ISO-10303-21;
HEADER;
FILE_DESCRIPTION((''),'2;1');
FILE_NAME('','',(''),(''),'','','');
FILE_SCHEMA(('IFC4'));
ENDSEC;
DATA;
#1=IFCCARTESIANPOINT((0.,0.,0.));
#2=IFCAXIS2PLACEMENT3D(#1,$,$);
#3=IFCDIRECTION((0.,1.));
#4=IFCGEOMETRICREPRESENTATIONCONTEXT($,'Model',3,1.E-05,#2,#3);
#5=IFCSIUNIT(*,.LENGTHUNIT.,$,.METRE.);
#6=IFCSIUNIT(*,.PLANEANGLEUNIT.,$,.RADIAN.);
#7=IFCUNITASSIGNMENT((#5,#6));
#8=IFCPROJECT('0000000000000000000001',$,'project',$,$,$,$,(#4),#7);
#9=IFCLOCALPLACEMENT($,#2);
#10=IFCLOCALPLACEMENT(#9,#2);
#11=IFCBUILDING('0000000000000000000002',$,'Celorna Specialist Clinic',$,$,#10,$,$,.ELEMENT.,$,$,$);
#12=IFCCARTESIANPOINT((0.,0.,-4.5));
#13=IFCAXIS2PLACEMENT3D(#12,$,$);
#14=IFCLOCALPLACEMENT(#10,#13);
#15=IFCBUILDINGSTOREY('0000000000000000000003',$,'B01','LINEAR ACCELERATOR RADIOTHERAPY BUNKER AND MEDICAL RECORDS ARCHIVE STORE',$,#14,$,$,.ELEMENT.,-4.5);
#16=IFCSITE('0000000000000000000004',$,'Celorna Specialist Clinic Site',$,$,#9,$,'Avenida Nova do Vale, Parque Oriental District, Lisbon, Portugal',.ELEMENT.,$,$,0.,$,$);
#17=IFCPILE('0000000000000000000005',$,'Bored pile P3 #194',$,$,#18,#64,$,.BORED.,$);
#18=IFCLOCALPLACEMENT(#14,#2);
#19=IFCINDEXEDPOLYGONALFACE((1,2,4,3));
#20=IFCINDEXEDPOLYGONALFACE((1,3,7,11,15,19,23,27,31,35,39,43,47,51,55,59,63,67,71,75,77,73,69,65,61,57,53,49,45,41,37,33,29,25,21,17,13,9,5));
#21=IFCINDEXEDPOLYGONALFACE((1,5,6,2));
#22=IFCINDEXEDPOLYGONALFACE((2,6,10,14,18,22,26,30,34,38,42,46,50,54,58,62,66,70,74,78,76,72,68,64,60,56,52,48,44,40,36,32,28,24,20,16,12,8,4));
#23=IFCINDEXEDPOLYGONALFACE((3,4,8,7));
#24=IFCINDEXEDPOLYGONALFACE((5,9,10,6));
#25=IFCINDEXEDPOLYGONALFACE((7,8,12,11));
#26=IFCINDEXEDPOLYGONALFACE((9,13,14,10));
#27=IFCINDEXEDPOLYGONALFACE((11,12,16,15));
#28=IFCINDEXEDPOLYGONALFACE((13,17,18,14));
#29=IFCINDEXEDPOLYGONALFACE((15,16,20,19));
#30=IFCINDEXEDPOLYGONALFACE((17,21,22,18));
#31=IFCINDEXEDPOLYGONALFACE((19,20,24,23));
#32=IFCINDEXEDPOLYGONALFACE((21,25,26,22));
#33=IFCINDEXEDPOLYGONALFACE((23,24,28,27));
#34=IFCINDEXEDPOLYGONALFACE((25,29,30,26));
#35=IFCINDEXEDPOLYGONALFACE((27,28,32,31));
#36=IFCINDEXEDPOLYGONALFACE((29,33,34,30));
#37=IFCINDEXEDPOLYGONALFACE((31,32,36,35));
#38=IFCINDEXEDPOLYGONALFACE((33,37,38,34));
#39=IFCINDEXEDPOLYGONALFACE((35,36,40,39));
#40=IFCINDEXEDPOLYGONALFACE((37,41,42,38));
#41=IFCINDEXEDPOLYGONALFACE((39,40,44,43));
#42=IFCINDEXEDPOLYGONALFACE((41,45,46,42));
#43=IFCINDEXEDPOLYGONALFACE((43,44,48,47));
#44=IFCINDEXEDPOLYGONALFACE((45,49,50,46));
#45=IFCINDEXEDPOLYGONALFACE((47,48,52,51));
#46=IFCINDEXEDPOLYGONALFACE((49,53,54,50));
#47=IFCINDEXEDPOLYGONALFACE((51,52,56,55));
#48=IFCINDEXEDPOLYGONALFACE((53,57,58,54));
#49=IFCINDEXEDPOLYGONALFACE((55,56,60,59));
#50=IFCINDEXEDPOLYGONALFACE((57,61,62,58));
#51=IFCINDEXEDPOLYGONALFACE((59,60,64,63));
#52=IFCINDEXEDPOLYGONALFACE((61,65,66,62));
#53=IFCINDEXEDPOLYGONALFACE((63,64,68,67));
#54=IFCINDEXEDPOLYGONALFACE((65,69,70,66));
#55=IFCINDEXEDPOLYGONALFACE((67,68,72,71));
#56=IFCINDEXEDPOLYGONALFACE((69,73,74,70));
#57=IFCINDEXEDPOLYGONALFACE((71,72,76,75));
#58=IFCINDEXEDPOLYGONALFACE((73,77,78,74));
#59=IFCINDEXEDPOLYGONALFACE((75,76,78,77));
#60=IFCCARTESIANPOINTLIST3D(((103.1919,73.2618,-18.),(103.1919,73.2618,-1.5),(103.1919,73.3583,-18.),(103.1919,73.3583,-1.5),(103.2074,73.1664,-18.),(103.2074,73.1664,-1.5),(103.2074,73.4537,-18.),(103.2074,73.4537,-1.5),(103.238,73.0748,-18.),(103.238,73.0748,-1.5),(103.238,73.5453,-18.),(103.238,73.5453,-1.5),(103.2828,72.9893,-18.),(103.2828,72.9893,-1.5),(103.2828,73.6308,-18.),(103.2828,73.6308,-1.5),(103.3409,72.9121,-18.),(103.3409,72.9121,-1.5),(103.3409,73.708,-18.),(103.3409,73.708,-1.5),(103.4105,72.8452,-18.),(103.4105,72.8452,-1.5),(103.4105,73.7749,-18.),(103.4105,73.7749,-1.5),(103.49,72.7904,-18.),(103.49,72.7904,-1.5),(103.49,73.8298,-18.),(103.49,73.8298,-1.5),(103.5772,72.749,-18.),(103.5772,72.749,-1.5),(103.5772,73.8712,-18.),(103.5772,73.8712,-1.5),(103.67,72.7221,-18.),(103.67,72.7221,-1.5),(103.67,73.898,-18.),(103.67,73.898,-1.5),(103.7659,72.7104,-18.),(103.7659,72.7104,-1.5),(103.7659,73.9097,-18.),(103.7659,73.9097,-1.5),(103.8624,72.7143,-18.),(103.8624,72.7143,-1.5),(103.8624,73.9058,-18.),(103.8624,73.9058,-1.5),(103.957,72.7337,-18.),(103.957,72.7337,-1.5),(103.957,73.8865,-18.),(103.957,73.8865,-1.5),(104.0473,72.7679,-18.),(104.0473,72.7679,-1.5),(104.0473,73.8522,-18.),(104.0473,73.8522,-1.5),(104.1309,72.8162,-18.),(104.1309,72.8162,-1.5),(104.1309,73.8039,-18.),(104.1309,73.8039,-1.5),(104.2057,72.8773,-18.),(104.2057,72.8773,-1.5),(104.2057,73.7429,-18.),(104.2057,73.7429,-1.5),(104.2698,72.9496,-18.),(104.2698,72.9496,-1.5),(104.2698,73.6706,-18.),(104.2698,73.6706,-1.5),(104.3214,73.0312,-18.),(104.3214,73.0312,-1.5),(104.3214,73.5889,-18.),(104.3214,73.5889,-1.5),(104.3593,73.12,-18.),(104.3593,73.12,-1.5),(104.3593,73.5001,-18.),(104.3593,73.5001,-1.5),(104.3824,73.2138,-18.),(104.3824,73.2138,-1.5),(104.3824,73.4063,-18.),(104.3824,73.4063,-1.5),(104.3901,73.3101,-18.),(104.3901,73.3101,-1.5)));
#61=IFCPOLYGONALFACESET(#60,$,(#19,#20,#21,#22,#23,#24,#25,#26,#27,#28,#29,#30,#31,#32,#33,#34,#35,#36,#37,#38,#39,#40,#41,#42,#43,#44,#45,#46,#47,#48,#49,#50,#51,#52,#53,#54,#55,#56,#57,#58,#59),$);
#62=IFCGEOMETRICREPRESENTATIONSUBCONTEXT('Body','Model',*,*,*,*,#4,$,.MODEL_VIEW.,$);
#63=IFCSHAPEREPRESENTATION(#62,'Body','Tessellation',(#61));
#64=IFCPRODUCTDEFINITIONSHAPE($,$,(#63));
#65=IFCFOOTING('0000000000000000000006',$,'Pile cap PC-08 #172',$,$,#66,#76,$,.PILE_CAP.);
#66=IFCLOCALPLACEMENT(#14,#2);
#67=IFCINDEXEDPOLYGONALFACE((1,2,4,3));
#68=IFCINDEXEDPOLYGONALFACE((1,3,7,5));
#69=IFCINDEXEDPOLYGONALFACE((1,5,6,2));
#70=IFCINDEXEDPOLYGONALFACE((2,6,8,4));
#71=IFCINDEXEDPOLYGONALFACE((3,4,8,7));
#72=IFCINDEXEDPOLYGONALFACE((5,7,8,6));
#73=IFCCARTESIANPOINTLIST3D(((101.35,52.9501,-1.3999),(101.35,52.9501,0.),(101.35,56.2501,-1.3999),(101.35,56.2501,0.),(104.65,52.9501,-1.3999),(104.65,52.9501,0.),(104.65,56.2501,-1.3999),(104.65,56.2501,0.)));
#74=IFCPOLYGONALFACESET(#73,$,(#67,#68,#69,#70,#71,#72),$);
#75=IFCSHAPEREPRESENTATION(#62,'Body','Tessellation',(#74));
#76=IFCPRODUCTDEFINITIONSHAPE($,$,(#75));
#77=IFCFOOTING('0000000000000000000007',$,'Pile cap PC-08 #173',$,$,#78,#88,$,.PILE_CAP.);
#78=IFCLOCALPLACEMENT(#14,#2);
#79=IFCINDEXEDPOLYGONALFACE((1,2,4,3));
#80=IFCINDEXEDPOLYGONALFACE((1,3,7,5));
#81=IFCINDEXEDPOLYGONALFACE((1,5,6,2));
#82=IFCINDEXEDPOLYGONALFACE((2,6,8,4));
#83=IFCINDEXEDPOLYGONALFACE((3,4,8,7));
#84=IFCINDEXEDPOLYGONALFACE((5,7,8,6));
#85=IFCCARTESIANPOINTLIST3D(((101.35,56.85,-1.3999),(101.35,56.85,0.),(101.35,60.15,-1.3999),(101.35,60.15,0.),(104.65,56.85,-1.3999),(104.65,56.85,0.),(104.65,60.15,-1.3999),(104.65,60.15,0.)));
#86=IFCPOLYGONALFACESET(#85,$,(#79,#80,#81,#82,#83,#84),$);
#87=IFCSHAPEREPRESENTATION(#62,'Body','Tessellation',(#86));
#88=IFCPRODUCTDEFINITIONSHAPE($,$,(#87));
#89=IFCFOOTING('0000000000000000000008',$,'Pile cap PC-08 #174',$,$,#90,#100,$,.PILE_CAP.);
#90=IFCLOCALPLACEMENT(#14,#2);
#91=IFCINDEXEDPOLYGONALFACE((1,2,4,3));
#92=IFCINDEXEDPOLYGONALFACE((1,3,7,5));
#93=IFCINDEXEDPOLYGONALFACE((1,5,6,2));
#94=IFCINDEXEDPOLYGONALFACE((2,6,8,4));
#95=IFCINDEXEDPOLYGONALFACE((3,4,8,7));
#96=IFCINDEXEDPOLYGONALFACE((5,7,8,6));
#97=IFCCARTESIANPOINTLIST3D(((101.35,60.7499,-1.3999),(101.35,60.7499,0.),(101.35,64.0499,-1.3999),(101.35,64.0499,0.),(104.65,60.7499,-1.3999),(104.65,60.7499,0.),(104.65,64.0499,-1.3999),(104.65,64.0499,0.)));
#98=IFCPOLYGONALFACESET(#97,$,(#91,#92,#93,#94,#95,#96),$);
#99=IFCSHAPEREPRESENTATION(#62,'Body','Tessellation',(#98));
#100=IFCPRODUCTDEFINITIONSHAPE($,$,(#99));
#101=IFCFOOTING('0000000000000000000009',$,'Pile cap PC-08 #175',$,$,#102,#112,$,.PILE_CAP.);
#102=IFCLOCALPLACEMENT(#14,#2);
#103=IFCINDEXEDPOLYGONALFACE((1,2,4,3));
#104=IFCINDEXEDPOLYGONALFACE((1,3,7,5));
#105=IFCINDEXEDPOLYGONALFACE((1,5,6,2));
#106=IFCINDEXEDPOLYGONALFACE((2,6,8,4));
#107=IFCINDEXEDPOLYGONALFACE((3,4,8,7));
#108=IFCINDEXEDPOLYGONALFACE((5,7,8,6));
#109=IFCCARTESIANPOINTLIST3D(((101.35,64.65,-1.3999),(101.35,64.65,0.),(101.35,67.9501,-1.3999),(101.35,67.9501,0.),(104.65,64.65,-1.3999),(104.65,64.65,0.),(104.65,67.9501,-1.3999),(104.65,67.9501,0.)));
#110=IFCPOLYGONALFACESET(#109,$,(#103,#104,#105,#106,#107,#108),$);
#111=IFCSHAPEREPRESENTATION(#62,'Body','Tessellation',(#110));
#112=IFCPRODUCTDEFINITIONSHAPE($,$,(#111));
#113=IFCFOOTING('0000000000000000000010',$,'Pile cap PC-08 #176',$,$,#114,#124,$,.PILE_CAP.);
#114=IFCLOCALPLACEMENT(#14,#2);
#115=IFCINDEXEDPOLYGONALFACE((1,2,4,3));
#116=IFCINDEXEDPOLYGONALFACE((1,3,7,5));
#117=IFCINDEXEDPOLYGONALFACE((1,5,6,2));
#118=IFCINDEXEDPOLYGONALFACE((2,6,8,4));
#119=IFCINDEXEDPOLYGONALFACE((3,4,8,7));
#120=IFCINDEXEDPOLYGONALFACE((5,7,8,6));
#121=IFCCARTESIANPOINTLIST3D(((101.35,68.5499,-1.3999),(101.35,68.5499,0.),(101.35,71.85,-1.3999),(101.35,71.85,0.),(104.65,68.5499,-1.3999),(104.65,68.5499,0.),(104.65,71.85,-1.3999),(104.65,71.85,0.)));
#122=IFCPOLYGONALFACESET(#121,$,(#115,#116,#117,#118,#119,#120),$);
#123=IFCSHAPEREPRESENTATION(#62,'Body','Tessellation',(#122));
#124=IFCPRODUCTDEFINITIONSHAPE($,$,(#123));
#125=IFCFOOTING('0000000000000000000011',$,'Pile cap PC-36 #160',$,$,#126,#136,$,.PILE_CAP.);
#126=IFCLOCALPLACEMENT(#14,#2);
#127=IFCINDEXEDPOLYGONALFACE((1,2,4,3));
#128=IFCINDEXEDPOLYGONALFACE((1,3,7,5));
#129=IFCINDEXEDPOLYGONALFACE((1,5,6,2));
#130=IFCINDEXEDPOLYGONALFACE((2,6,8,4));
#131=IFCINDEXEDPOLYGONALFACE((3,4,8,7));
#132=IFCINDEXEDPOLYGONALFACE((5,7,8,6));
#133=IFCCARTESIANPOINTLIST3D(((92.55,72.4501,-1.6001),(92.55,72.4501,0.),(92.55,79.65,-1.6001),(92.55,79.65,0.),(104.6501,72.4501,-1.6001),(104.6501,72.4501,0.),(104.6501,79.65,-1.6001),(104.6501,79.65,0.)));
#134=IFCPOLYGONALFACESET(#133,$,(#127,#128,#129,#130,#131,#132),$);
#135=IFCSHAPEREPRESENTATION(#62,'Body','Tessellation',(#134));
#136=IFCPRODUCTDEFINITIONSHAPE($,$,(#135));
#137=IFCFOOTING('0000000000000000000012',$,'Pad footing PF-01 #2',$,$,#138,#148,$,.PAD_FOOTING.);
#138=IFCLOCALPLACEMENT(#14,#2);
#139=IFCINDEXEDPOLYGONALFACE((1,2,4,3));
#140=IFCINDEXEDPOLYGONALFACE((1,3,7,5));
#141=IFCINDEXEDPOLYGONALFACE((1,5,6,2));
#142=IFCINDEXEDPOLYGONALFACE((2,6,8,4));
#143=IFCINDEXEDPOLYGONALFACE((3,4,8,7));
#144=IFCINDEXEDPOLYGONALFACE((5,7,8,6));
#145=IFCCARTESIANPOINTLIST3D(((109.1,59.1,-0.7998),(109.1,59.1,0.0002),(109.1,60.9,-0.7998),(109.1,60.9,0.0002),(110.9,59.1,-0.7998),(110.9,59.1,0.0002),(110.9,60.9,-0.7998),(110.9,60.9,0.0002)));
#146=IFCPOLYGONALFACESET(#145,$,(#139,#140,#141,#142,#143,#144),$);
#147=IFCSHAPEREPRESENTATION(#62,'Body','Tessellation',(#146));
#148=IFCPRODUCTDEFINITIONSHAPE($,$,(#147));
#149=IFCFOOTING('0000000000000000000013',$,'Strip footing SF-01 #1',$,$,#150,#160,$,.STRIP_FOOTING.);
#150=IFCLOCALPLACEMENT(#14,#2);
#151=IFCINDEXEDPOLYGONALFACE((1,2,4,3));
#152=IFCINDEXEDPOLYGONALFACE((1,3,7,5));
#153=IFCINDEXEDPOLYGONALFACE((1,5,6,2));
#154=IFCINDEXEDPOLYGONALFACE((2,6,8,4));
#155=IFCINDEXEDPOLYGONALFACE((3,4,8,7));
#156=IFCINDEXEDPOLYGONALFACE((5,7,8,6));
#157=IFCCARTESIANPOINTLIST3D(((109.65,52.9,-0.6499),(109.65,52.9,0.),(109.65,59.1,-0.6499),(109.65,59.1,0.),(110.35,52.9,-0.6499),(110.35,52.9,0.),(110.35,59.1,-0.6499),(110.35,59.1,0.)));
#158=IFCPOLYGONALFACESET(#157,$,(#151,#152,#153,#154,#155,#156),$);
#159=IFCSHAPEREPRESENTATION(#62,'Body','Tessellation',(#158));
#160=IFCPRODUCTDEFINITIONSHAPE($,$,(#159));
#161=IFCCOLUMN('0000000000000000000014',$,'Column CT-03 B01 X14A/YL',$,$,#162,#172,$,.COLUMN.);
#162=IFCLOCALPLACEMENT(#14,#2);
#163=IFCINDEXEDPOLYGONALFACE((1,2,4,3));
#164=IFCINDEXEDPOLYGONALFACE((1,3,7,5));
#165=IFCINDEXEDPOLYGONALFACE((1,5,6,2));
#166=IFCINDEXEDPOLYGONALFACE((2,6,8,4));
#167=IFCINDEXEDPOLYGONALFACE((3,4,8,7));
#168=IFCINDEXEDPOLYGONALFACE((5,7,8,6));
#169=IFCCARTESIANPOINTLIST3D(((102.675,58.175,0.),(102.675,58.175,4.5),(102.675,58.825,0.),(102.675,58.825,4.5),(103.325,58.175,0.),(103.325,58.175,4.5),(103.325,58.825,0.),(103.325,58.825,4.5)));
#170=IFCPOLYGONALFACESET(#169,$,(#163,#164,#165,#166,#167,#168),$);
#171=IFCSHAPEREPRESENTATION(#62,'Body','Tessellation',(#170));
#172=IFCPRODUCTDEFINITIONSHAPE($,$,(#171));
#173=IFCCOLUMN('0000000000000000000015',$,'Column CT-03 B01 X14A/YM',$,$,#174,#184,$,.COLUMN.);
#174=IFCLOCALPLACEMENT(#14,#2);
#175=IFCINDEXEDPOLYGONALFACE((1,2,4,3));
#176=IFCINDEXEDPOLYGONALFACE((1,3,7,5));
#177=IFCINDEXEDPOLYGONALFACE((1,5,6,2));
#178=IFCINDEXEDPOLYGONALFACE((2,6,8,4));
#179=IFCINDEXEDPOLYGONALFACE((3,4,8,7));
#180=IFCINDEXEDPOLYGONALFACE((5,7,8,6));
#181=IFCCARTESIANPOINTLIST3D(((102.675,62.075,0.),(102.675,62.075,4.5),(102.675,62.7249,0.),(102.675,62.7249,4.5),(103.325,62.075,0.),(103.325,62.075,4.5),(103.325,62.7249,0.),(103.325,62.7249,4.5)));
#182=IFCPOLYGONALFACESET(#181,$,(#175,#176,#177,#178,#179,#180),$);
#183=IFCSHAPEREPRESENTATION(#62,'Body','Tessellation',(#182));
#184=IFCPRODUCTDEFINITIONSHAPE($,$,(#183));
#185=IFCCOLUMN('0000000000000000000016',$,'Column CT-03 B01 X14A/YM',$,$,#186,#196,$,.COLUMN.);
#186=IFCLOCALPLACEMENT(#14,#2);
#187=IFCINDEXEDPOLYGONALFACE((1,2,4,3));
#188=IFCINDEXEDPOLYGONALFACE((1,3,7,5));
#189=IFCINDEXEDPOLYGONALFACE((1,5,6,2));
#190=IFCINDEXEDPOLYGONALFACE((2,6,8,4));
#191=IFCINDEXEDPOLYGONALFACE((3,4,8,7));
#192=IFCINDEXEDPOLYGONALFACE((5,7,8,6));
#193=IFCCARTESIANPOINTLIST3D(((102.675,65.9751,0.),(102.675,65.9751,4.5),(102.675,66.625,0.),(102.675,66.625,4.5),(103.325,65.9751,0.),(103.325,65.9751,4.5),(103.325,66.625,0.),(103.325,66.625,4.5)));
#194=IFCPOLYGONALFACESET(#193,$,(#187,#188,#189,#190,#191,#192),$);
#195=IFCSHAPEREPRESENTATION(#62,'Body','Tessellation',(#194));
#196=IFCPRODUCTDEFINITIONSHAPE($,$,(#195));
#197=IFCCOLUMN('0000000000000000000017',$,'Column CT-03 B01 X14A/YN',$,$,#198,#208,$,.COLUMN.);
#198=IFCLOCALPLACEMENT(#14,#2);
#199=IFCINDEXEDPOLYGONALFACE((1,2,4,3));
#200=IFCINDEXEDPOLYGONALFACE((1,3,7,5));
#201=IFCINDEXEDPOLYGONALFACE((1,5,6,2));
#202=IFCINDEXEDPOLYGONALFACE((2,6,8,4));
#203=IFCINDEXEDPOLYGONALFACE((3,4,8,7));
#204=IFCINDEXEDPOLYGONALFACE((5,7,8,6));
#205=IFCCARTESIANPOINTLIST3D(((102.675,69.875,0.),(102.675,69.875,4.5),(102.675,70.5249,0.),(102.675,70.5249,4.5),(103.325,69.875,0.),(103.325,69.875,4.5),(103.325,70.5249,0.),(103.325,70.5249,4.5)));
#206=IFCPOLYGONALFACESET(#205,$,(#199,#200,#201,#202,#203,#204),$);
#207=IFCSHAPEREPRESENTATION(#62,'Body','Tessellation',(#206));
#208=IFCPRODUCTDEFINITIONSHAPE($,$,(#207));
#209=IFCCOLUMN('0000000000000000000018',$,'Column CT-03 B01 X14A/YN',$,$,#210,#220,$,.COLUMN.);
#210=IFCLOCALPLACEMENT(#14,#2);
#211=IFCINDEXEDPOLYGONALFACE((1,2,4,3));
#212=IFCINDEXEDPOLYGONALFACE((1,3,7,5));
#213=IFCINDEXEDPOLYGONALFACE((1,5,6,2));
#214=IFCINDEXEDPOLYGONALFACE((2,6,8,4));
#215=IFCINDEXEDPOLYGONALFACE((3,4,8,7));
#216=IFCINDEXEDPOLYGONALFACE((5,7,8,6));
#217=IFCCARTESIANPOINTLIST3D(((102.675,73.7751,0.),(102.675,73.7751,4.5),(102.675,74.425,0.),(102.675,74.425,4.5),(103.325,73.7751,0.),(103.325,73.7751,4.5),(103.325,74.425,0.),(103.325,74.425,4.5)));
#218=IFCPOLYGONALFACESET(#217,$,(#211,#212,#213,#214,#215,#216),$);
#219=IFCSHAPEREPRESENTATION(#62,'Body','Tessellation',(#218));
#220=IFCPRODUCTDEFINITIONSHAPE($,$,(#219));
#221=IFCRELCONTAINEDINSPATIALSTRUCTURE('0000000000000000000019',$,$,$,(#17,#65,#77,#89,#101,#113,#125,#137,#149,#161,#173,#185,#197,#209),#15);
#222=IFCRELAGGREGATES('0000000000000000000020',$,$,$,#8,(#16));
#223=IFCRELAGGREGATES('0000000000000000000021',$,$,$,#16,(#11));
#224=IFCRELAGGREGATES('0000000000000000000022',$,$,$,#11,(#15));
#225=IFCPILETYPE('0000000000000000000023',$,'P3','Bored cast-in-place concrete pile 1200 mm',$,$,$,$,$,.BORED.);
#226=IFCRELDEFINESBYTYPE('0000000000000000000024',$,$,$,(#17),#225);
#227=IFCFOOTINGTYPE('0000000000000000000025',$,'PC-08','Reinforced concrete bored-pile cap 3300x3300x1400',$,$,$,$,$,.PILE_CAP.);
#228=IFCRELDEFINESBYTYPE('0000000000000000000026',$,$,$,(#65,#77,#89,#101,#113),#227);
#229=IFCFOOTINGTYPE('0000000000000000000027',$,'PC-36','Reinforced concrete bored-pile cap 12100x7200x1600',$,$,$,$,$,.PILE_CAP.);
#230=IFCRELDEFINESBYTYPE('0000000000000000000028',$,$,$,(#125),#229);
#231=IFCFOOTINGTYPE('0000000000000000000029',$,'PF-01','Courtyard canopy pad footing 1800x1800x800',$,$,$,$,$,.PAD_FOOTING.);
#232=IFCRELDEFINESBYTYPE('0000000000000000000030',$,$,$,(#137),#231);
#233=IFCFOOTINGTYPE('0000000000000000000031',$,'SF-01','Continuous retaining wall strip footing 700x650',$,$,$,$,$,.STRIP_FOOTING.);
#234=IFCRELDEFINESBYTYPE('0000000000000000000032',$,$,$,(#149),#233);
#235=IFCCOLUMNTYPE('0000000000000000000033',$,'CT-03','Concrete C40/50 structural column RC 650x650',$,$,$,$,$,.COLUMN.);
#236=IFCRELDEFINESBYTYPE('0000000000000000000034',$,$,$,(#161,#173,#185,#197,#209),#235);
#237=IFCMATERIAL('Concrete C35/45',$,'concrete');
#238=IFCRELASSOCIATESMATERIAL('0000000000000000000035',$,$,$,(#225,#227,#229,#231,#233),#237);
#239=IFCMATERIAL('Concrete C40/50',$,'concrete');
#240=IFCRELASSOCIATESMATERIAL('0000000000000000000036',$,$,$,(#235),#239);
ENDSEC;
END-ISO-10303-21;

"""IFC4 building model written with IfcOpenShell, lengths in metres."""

from ifc_helpers import new_model, si_unit, direction, frame, origin, origin_2d, place, context, subcontext, project, spatial, rectangle, circle, extrude, material, material_profile, profile_set, type_object, element, save


model = new_model("IFC4")

# Units and contexts
model_context = context("Model", 3, precision=1e-05, world=origin(), true_north=direction((0.0, 1.0)))
body_context = subcontext(model_context, "Body", "Model", "MODEL_VIEW")
ifc_project = project(units=[si_unit("LENGTHUNIT", "METRE"), si_unit("PLANEANGLEUNIT", "RADIAN")], contexts=[model_context])

# Site, building, storey
site_placement = place(None, origin())
site = spatial("IfcSite", under=ifc_project, at=site_placement, Name="Celorna Specialist Clinic Site", LongName="Avenida Nova do Vale, Parque Oriental District, Lisbon, Portugal", CompositionType="ELEMENT", RefElevation=0.0)
building_placement = place(site_placement, origin())
building = spatial("IfcBuilding", under=site, at=building_placement, Name="Celorna Specialist Clinic", CompositionType="ELEMENT")
storey_placement = place(building_placement, frame((0.0, 0.0, -4.5)))
storey = spatial("IfcBuildingStorey", under=building, at=storey_placement, Name="B01", Description="LINEAR ACCELERATOR RADIOTHERAPY BUNKER AND MEDICAL RECORDS ARCHIVE STORE", CompositionType="ELEMENT", Elevation=-4.5)

# Shared definitions
ifc_material_1 = material(Name="Concrete C35/45", Category="concrete")

# Pile
ifc_material_profile_1 = material_profile(ifc_material_1, circle(Radius=0.6001, at=origin_2d()), Name="BORED PILE 1200")
ifc_profile_set_1 = profile_set([ifc_material_profile_1], Name="Concrete C35/45")
pile_type_1 = type_object("IfcPileType", Name="P3", Description="Bored cast-in-place concrete pile 1200 mm", PredefinedType="BORED", material=ifc_profile_set_1)
pile_placement = place(storey_placement, frame((103.79, 73.3101, -1.5), z_axis=(0.0, 0.0, -1.0), x_axis=(1.0, 0.0, 0.0)))
element("IfcPile", 1, at=pile_placement, inside=storey, type_object=pile_type_1, Name="Bored pile P3 #194", PredefinedType="BORED", context=body_context, shape_type="SweptSolid", body=[
    extrude(circle(Radius=0.6001, at=origin_2d()), origin(), (0.0, 0.0, 1.0), 16.5),
])

# Footings
footing_type_1 = type_object("IfcFootingType", Name="PC-08", Description="Reinforced concrete bored-pile cap 3300x3300x1400", PredefinedType="PILE_CAP", material=ifc_material_1)
for number, where, z_axis, x_axis, name in (
    (2, (103.0, 54.6001, -1.3999), (0.0, 0.0, 1.0), (1.0, 0.0, 0.0), "Pile cap PC-08 #172"),
    (3, (103.0, 58.5, -1.3999), (0.0, 0.0, 1.0), (1.0, 0.0, 0.0), "Pile cap PC-08 #173"),
    (4, (103.0, 62.3999, -1.3999), (0.0, 0.0, 1.0), (1.0, 0.0, 0.0), "Pile cap PC-08 #174"),
    (5, (103.0, 66.3, -1.3999), (0.0, 0.0, 1.0), (1.0, 0.0, 0.0), "Pile cap PC-08 #175"),
    (6, (103.0, 70.2, -1.3999), (0.0, 0.0, 1.0), (1.0, 0.0, 0.0), "Pile cap PC-08 #176"),
):
    element("IfcFooting", number, at=place(storey_placement, frame(where, z_axis=z_axis, x_axis=x_axis)), inside=storey, type_object=footing_type_1, Name=name, PredefinedType="PILE_CAP", context=body_context, shape_type="SweptSolid", body=[
        extrude(rectangle(XDim=3.3, YDim=3.3, at=origin_2d()), origin(), (0.0, 0.0, 1.0), 1.3999),
    ])
footing_type_2 = type_object("IfcFootingType", Name="PC-36", Description="Reinforced concrete bored-pile cap 12100x7200x1600", PredefinedType="PILE_CAP", material=ifc_material_1)
footing_1_placement = place(storey_placement, frame((98.6001, 76.05, -1.6001), z_axis=(0.0, 0.0, 1.0), x_axis=(1.0, 0.0, 0.0)))
element("IfcFooting", 7, at=footing_1_placement, inside=storey, type_object=footing_type_2, Name="Pile cap PC-36 #160", PredefinedType="PILE_CAP", context=body_context, shape_type="SweptSolid", body=[
    extrude(rectangle(XDim=12.1001, YDim=7.2, at=origin_2d()), origin(), (0.0, 0.0, 1.0), 1.6001),
])
footing_type_3 = type_object("IfcFootingType", Name="PF-01", Description="Courtyard canopy pad footing 1800x1800x800", PredefinedType="PAD_FOOTING", material=ifc_material_1)
footing_2_placement = place(storey_placement, frame((110.0, 60.0, -0.7998), z_axis=(0.0, 0.0, 1.0), x_axis=(1.0, 0.0, 0.0)))
element("IfcFooting", 8, at=footing_2_placement, inside=storey, type_object=footing_type_3, Name="Pad footing PF-01 #2", PredefinedType="PAD_FOOTING", context=body_context, shape_type="SweptSolid", body=[
    extrude(rectangle(XDim=1.8, YDim=1.8, at=origin_2d()), origin(), (0.0, 0.0, 1.0), 0.8),
])
footing_type_4 = type_object("IfcFootingType", Name="SF-01", Description="Continuous retaining wall strip footing 700x650", PredefinedType="STRIP_FOOTING", material=ifc_material_1)
footing_3_placement = place(storey_placement, frame((110.0, 56.0, -0.6499), z_axis=(0.0, 0.0, 1.0), x_axis=(0.0, 1.0, 0.0)))
element("IfcFooting", 9, at=footing_3_placement, inside=storey, type_object=footing_type_4, Name="Strip footing SF-01 #1", PredefinedType="STRIP_FOOTING", context=body_context, shape_type="SweptSolid", body=[
    extrude(rectangle(XDim=6.2, YDim=0.7, at=origin_2d()), origin(), (0.0, 0.0, 1.0), 0.6499),
])

# Columns
ifc_material_2 = material(Name="Concrete C40/50", Category="concrete")
ifc_material_profile_2 = material_profile(ifc_material_2, rectangle(XDim=0.6499, YDim=0.6499, at=origin_2d()), Name="RC 650x650")
ifc_profile_set_2 = profile_set([ifc_material_profile_2], Name="Concrete C40/50")
column_type_1 = type_object("IfcColumnType", Name="CT-03", Description="Concrete C40/50 structural column RC 650x650", PredefinedType="COLUMN", material=ifc_profile_set_2)
for number, where, z_axis, x_axis, name in (
    (10, (103.0, 58.5, 0.0), (0.0, 0.0, 1.0), (1.0, 0.0, 0.0), "Column CT-03 B01 X14A/YL"),
    (11, (103.0, 62.3999, 0.0), (0.0, 0.0, 1.0), (1.0, 0.0, 0.0), "Column CT-03 B01 X14A/YM"),
    (12, (103.0, 66.3, 0.0), (0.0, 0.0, 1.0), (1.0, 0.0, 0.0), "Column CT-03 B01 X14A/YM"),
    (13, (103.0, 70.2, 0.0), (0.0, 0.0, 1.0), (1.0, 0.0, 0.0), "Column CT-03 B01 X14A/YN"),
    (14, (103.0, 74.1001, 0.0), (0.0, 0.0, 1.0), (1.0, 0.0, 0.0), "Column CT-03 B01 X14A/YN"),
):
    element("IfcColumn", number, at=place(storey_placement, frame(where, z_axis=z_axis, x_axis=x_axis)), inside=storey, type_object=column_type_1, Name=name, PredefinedType="COLUMN", context=body_context, shape_type="SweptSolid", body=[
        extrude(rectangle(XDim=0.6499, YDim=0.6499, at=origin_2d()), origin(), (0.0, 0.0, 1.0), 4.5),
    ])

save(model, "model.ifc")
